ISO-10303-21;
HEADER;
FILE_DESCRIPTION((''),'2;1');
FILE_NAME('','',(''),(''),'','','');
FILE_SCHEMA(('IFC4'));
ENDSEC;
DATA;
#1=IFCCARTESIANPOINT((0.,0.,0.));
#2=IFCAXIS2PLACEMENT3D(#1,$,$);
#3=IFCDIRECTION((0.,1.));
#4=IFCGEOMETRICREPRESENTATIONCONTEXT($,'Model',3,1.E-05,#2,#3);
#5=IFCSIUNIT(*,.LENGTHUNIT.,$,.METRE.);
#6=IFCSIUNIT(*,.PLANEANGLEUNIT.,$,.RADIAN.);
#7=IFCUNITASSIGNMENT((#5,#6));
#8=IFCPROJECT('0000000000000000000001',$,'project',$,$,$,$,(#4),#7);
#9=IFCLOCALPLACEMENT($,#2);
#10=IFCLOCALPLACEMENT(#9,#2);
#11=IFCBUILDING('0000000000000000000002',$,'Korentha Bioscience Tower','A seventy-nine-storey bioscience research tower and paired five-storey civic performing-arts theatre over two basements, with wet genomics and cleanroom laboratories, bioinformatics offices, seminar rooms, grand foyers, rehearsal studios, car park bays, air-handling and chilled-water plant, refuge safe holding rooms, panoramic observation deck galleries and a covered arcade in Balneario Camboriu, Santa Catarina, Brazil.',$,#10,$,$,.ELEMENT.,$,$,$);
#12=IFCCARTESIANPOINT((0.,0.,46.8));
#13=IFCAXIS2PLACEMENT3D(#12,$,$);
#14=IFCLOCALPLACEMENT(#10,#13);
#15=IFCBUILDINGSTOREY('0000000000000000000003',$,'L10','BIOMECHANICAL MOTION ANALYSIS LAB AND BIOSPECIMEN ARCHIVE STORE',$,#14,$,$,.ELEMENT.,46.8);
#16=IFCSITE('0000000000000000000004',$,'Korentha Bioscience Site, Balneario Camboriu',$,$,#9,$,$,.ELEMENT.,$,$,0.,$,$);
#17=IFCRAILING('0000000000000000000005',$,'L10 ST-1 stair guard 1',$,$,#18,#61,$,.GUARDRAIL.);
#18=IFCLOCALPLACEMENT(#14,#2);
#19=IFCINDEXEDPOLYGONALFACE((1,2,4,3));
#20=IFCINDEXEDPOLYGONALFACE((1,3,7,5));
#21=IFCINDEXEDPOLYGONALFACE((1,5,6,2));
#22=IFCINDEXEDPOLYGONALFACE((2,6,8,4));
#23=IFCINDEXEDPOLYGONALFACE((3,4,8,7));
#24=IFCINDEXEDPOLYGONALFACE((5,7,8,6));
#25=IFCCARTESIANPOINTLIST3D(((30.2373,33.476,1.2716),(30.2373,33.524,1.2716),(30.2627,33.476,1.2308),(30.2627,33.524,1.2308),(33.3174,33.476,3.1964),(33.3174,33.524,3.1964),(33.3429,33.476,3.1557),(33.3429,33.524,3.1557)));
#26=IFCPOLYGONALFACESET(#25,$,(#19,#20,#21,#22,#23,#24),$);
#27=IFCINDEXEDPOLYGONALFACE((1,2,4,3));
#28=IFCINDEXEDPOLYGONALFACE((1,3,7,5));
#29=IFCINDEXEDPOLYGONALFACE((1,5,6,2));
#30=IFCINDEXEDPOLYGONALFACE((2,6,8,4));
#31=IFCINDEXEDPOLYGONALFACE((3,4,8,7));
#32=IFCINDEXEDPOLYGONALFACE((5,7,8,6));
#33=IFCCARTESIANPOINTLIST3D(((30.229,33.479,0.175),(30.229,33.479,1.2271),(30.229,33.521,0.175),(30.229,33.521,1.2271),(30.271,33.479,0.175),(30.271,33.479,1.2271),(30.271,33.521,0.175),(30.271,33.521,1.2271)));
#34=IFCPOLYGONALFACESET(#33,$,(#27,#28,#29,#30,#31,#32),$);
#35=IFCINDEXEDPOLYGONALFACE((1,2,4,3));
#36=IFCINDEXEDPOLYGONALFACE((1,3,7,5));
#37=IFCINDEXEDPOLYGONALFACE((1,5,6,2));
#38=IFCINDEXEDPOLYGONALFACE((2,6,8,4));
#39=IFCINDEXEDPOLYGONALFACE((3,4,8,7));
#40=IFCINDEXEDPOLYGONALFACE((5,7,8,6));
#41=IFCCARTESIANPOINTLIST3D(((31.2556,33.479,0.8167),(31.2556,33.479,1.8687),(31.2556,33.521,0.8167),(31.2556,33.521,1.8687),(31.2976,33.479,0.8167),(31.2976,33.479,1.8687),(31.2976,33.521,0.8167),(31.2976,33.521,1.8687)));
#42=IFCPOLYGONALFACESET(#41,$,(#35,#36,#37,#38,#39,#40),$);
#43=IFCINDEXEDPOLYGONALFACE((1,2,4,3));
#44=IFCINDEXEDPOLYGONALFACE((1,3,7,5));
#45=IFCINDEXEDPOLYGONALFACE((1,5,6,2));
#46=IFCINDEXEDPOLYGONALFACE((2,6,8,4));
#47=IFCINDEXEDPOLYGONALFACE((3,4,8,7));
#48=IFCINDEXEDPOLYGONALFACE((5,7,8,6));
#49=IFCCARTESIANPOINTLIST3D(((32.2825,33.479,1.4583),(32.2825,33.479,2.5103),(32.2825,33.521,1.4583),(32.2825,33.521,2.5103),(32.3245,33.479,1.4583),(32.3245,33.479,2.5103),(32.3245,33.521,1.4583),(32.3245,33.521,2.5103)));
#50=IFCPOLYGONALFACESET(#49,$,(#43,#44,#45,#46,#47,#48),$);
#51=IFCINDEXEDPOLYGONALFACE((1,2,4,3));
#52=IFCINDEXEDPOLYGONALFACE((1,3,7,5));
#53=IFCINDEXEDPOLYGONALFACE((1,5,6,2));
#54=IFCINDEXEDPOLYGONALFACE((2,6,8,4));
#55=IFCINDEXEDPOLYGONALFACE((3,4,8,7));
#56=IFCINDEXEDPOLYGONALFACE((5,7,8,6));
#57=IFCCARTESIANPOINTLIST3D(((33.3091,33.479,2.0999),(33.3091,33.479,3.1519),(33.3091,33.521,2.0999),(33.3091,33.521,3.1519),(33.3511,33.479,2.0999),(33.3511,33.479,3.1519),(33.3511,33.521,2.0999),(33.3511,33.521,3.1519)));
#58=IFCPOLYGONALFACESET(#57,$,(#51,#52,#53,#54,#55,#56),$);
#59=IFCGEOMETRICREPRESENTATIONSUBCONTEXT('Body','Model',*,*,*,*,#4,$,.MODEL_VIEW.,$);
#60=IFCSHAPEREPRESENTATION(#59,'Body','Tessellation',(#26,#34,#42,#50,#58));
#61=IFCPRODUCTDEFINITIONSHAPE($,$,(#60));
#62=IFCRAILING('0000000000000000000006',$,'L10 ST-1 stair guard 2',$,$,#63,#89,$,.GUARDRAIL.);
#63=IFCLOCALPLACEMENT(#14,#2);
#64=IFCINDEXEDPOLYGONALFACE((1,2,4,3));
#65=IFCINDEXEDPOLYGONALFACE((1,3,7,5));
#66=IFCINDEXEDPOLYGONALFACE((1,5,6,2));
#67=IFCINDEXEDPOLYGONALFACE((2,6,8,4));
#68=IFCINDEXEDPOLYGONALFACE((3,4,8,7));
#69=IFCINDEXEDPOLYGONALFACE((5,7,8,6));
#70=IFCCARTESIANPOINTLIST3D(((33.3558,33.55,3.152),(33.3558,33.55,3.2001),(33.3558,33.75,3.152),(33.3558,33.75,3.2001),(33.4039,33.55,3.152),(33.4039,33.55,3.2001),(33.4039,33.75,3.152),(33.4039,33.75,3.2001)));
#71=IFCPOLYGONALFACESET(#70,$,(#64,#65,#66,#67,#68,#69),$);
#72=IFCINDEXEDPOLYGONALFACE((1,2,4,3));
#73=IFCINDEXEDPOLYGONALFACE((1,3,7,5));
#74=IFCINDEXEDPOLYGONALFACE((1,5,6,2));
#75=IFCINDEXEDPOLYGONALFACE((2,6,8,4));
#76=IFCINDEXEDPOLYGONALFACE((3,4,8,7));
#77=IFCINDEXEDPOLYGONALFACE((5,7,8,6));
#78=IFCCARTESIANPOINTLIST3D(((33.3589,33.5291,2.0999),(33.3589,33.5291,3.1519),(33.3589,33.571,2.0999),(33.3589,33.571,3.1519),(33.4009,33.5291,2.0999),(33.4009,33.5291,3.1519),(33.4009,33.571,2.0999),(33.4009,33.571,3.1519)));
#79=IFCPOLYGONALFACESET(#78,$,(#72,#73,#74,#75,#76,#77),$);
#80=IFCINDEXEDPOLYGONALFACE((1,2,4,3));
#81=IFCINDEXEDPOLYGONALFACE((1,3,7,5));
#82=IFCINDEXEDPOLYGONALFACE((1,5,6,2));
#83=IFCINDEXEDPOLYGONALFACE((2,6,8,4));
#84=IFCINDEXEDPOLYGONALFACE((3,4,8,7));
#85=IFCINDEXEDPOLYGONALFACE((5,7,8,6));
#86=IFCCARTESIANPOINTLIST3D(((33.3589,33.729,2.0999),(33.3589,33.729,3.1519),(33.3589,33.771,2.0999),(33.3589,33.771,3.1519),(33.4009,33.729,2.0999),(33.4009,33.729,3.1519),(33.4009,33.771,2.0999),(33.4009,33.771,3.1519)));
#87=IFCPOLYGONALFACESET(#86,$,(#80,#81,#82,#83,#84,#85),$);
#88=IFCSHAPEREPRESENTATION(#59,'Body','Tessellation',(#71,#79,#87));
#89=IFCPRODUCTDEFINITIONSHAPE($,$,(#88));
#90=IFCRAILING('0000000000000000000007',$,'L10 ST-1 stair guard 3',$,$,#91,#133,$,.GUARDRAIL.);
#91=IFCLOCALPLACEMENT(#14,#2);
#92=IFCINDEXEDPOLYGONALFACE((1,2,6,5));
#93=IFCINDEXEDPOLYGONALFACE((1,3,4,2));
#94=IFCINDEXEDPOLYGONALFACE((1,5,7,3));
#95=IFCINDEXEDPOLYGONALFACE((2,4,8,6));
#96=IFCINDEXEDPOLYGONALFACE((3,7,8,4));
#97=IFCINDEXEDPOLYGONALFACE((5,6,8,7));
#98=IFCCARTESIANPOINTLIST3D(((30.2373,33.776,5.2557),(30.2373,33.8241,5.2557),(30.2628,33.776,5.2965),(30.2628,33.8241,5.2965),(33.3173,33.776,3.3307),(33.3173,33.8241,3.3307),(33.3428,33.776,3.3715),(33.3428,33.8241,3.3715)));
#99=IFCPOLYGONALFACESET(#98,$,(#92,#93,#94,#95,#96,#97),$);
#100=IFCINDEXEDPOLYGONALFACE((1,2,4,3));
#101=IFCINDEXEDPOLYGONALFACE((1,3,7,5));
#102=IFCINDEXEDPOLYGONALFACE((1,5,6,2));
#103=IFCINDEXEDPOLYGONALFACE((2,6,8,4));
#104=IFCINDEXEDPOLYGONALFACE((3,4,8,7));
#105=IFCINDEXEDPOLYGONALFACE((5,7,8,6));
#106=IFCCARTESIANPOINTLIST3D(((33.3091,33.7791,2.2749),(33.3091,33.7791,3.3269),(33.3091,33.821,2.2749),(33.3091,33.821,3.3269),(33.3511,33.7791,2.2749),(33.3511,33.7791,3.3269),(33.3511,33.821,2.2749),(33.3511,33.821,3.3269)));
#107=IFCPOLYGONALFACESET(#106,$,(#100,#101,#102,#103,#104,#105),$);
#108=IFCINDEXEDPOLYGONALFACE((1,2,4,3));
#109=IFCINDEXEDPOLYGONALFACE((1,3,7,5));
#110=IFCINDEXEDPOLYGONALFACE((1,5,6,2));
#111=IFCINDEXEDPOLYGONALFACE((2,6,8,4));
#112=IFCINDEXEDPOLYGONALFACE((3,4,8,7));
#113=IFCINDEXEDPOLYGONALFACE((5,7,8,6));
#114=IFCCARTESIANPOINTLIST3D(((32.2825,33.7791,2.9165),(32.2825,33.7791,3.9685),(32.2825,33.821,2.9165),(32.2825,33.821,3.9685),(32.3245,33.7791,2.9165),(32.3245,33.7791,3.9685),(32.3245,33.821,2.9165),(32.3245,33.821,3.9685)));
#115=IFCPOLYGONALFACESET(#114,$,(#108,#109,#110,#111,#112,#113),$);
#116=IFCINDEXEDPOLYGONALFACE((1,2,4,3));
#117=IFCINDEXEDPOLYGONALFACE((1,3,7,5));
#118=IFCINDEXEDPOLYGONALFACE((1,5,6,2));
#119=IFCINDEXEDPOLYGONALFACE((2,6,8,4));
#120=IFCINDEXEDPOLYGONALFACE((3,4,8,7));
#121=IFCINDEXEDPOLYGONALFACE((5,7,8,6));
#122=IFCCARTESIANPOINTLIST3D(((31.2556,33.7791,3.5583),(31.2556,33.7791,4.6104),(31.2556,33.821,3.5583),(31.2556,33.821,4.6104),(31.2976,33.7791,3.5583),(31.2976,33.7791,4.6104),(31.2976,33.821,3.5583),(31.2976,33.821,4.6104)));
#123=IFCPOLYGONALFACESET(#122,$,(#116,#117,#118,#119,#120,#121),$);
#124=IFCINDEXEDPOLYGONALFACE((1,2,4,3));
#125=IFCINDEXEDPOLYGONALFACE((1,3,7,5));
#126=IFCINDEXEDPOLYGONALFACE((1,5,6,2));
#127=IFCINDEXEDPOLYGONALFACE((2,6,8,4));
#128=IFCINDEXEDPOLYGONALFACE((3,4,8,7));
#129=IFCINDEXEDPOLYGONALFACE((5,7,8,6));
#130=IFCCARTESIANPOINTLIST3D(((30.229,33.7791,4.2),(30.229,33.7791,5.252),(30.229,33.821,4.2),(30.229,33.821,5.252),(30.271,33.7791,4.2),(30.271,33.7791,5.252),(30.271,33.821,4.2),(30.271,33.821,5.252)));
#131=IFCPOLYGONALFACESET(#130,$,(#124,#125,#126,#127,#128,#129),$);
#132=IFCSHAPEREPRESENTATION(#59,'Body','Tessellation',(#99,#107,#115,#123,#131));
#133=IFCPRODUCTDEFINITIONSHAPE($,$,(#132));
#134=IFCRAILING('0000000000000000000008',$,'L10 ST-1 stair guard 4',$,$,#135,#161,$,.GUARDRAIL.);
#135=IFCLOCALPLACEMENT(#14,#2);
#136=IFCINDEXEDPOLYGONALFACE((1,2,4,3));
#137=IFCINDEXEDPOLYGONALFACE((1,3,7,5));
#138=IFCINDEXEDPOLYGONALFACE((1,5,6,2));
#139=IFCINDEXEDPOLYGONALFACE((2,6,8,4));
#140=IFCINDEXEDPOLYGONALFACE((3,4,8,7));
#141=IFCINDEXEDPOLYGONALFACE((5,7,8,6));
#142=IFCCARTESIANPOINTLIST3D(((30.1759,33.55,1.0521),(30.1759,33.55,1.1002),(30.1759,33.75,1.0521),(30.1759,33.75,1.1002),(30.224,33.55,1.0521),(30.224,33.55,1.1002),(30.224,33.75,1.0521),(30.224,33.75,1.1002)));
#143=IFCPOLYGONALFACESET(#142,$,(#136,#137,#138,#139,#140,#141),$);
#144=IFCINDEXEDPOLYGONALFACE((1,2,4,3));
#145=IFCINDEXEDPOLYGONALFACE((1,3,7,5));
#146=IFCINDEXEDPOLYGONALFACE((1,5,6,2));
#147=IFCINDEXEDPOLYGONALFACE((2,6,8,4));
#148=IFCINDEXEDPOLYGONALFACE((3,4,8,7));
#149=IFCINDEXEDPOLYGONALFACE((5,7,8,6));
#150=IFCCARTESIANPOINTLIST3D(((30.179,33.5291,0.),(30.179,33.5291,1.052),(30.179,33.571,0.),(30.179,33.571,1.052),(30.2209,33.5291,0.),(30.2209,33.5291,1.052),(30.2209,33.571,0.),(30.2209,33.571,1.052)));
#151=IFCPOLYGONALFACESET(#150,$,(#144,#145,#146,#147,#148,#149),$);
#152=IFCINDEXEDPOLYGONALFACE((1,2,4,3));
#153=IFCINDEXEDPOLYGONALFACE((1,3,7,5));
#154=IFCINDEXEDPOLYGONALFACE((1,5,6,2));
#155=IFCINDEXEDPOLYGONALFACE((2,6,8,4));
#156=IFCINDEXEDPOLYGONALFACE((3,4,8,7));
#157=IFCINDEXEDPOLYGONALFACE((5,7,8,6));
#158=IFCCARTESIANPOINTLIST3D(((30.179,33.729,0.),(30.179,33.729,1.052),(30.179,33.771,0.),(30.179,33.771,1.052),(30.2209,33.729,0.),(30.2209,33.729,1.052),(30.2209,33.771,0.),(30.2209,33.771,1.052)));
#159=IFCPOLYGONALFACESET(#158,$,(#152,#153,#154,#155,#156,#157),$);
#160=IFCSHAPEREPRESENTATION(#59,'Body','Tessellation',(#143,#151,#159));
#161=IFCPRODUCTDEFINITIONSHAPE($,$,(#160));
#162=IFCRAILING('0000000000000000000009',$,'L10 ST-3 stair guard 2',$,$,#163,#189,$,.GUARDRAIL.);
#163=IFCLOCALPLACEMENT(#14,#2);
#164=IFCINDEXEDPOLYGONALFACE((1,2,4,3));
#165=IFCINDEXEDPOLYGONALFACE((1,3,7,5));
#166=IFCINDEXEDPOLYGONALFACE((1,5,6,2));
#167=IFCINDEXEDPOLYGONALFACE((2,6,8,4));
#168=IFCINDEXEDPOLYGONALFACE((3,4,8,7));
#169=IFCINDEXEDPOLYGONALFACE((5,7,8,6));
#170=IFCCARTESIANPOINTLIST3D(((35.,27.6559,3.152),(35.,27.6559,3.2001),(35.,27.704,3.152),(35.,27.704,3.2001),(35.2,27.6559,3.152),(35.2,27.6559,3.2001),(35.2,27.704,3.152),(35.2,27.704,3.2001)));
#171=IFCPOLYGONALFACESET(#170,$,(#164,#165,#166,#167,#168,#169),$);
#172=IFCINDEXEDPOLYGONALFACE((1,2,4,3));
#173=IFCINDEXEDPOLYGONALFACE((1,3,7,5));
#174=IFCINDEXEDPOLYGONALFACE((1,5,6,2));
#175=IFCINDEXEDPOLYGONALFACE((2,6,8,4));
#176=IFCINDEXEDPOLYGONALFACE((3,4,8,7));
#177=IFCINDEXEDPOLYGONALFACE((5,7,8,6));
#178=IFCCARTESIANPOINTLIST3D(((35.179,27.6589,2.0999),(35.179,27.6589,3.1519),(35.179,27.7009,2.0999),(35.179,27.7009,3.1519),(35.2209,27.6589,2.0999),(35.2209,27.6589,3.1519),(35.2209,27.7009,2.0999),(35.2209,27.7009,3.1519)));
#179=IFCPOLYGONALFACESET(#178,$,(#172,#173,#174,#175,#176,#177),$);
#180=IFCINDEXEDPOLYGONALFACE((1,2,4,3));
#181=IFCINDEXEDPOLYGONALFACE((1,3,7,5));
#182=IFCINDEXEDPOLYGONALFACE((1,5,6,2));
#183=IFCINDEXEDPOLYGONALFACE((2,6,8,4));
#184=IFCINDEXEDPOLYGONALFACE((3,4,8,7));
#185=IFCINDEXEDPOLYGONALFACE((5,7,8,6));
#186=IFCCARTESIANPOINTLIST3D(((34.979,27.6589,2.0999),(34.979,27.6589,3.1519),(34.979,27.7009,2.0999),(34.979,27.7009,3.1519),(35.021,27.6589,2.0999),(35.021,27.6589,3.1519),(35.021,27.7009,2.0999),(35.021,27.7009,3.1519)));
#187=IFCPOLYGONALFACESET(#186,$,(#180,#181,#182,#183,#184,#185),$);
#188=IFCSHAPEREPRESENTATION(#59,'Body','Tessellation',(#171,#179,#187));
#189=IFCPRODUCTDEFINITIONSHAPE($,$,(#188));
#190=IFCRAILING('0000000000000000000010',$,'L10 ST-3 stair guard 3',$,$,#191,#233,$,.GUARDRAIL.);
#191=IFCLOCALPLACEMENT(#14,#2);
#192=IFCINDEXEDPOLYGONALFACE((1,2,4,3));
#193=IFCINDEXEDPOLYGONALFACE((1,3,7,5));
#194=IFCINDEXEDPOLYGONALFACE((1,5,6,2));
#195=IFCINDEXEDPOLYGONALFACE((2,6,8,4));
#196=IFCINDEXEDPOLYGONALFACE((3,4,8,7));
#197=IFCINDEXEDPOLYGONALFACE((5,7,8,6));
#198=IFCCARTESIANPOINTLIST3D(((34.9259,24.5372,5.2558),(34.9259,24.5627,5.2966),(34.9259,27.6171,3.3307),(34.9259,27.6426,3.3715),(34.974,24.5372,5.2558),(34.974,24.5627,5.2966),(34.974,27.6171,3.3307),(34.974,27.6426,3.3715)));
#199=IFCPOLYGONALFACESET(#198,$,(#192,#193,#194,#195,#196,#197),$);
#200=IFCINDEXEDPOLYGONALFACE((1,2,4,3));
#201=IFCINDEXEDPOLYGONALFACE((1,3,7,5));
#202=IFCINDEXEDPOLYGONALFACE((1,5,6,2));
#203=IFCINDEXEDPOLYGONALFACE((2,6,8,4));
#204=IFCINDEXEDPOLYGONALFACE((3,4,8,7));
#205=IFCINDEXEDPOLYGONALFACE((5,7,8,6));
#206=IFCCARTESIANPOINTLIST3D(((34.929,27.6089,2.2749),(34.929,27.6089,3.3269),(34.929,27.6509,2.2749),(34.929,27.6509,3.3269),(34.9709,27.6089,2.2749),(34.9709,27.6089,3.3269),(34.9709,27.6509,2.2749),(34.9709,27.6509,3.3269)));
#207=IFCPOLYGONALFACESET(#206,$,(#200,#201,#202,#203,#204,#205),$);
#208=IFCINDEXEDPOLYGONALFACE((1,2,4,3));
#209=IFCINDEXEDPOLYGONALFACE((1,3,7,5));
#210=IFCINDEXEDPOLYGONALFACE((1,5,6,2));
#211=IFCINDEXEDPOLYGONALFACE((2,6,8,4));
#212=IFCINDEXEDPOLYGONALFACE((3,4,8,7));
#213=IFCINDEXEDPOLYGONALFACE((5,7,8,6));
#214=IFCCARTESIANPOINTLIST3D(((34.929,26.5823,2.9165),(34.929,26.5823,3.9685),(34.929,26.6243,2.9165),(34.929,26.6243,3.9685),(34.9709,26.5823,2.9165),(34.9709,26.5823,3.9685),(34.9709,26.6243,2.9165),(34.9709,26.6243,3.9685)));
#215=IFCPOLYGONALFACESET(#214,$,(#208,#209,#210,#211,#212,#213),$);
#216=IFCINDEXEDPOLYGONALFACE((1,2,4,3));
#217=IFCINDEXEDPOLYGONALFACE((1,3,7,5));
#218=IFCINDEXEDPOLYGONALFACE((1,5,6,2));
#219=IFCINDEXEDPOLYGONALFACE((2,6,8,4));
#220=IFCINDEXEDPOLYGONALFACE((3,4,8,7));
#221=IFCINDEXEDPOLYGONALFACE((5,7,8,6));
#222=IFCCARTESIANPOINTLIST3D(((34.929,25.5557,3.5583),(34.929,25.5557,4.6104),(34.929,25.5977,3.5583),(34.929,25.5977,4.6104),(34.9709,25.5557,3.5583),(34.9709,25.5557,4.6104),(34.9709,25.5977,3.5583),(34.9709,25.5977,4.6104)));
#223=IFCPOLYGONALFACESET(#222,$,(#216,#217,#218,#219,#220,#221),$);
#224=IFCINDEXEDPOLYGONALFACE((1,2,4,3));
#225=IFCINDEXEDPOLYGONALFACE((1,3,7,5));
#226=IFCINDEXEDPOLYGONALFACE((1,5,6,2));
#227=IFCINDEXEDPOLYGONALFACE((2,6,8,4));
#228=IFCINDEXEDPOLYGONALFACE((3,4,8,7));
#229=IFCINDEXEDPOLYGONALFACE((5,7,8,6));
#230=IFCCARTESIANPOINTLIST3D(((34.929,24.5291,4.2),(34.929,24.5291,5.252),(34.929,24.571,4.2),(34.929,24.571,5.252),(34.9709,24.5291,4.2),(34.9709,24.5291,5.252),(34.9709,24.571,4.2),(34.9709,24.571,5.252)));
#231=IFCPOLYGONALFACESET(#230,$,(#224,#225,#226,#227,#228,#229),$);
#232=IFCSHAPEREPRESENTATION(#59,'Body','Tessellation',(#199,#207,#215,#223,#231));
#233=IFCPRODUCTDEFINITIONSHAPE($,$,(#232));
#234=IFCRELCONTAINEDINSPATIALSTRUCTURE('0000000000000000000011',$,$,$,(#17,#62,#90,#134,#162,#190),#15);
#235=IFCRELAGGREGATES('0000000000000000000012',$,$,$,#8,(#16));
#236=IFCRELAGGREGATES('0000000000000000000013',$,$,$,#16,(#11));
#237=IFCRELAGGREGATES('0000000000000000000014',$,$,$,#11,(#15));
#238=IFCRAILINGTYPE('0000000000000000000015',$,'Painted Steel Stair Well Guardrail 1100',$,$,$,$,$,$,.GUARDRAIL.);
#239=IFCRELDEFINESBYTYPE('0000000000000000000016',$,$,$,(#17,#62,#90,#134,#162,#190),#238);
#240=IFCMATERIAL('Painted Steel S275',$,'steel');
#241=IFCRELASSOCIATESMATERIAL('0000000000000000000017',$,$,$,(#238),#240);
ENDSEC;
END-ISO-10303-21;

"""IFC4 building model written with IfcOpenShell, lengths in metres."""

from ifc_helpers import new_model, si_unit, direction, frame, origin, origin_2d, place, context, subcontext, project, spatial, rectangle, extrude, material, type_object, element, save


model = new_model("IFC4")

# Units and contexts
model_context = context("Model", 3, precision=1e-05, world=origin(), true_north=direction((0.0, 1.0)))
body_context = subcontext(model_context, "Body", "Model", "MODEL_VIEW")
ifc_project = project(units=[si_unit("LENGTHUNIT", "METRE"), si_unit("PLANEANGLEUNIT", "RADIAN")], contexts=[model_context])

# Site, building, storey
site_placement = place(None, origin())
site = spatial("IfcSite", under=ifc_project, at=site_placement, Name="Korentha Bioscience Site, Balneario Camboriu", CompositionType="ELEMENT", RefElevation=0.0)
building_placement = place(site_placement, origin())
building = spatial("IfcBuilding", under=site, at=building_placement, Name="Korentha Bioscience Tower", Description="A seventy-nine-storey bioscience research tower and paired five-storey civic performing-arts theatre over two basements, with wet genomics and cleanroom laboratories, bioinformatics offices, seminar rooms, grand foyers, rehearsal studios, car park bays, air-handling and chilled-water plant, refuge safe holding rooms, panoramic observation deck galleries and a covered arcade in Balneario Camboriu, Santa Catarina, Brazil.", CompositionType="ELEMENT")
storey_placement = place(building_placement, frame((0.0, 0.0, 46.8)))
storey = spatial("IfcBuildingStorey", under=building, at=storey_placement, Name="L10", Description="BIOMECHANICAL MOTION ANALYSIS LAB AND BIOSPECIMEN ARCHIVE STORE", CompositionType="ELEMENT", Elevation=46.8)

# Railings
ifc_material_1 = material(Name="Painted Steel S275", Category="steel")
railing_type_1 = type_object("IfcRailingType", Name="Painted Steel Stair Well Guardrail 1100", PredefinedType="GUARDRAIL", material=ifc_material_1)
railing_1_placement = place(storey_placement, frame((30.25, 33.5, 0.175)))
element("IfcRailing", 1, at=railing_1_placement, inside=storey, type_object=railing_type_1, Name="L10 ST-1 stair guard 1", PredefinedType="GUARDRAIL", context=body_context, shape_type="SweptSolid", body=[
    extrude(rectangle(XDim=0.0481, YDim=0.0481, at=origin_2d()), frame((0.0, 0.0, 1.0762), z_axis=(0.848029, 0.0, 0.529951), x_axis=(0.0, 1.0, 0.0)), (0.0, 0.0, 1.0), 3.6321),
    extrude(rectangle(XDim=0.042, YDim=0.042, at=origin_2d()), origin(), (0.0, 0.0, 1.0), 1.052),
    extrude(rectangle(XDim=0.042, YDim=0.042, at=origin_2d()), frame((1.0266, 0.0, 0.6416)), (0.0, 0.0, 1.0), 1.052),
    extrude(rectangle(XDim=0.042, YDim=0.042, at=origin_2d()), frame((2.0535, 0.0, 1.2832)), (0.0, 0.0, 1.0), 1.052),
    extrude(rectangle(XDim=0.042, YDim=0.042, at=origin_2d()), frame((3.0801, 0.0, 1.9248)), (0.0, 0.0, 1.0), 1.052),
])
railing_2_placement = place(storey_placement, frame((33.3799, 33.55, 2.0999)))
element("IfcRailing", 2, at=railing_2_placement, inside=storey, type_object=railing_type_1, Name="L10 ST-1 stair guard 2", PredefinedType="GUARDRAIL", context=body_context, shape_type="SweptSolid", body=[
    extrude(rectangle(XDim=0.0481, YDim=0.0481, at=origin_2d()), frame((0.0, 0.0, 1.0762), z_axis=(0.0, 1.0, 0.0), x_axis=(-1.0, 0.0, 0.0)), (0.0, 0.0, 1.0), 0.2),
    extrude(rectangle(XDim=0.042, YDim=0.042, at=origin_2d()), origin(), (0.0, 0.0, 1.0), 1.052),
    extrude(rectangle(XDim=0.042, YDim=0.042, at=origin_2d()), frame((0.0, 0.2, 0.0)), (0.0, 0.0, 1.0), 1.052),
])
railing_3_placement = place(storey_placement, frame((33.3301, 33.8, 2.2749)))
element("IfcRailing", 3, at=railing_3_placement, inside=storey, type_object=railing_type_1, Name="L10 ST-1 stair guard 3", PredefinedType="GUARDRAIL", context=body_context, shape_type="SweptSolid", body=[
    extrude(rectangle(XDim=0.0481, YDim=0.0481, at=origin_2d()), frame((0.0, 0.0, 1.0762), z_axis=(-0.847998, 0.0, 0.529999), x_axis=(0.0, -1.0, 0.0)), (0.0, 0.0, 1.0), 3.6321),
    extrude(rectangle(XDim=0.042, YDim=0.042, at=origin_2d()), origin(), (0.0, 0.0, 1.0), 1.052),
    extrude(rectangle(XDim=0.042, YDim=0.042, at=origin_2d()), frame((-1.0266, 0.0, 0.6416)), (0.0, 0.0, 1.0), 1.052),
    extrude(rectangle(XDim=0.042, YDim=0.042, at=origin_2d()), frame((-2.0535, 0.0, 1.2834)), (0.0, 0.0, 1.0), 1.052),
    extrude(rectangle(XDim=0.042, YDim=0.042, at=origin_2d()), frame((-3.0801, 0.0, 1.925)), (0.0, 0.0, 1.0), 1.052),
])
railing_4_placement = place(storey_placement, frame((30.2, 33.55, 0.0)))
element("IfcRailing", 4, at=railing_4_placement, inside=storey, type_object=railing_type_1, Name="L10 ST-1 stair guard 4", PredefinedType="GUARDRAIL", context=body_context, shape_type="SweptSolid", body=[
    extrude(rectangle(XDim=0.0481, YDim=0.0481, at=origin_2d()), frame((0.0, 0.0, 1.0762), z_axis=(0.0, 1.0, 0.0), x_axis=(-1.0, 0.0, 0.0)), (0.0, 0.0, 1.0), 0.2),
    extrude(rectangle(XDim=0.042, YDim=0.042, at=origin_2d()), origin(), (0.0, 0.0, 1.0), 1.052),
    extrude(rectangle(XDim=0.042, YDim=0.042, at=origin_2d()), frame((0.0, 0.2, 0.0)), (0.0, 0.0, 1.0), 1.052),
])
railing_5_placement = place(storey_placement, frame((35.2, 27.6799, 2.0999)))
element("IfcRailing", 5, at=railing_5_placement, inside=storey, type_object=railing_type_1, Name="L10 ST-3 stair guard 2", PredefinedType="GUARDRAIL", context=body_context, shape_type="SweptSolid", body=[
    extrude(rectangle(XDim=0.0481, YDim=0.0481, at=origin_2d()), frame((0.0, 0.0, 1.0762), z_axis=(-1.0, 0.0, 0.0), x_axis=(0.0, -1.0, 0.0)), (0.0, 0.0, 1.0), 0.2),
    extrude(rectangle(XDim=0.042, YDim=0.042, at=origin_2d()), origin(), (0.0, 0.0, 1.0), 1.052),
    extrude(rectangle(XDim=0.042, YDim=0.042, at=origin_2d()), frame((-0.2, 0.0, 0.0)), (0.0, 0.0, 1.0), 1.052),
])
railing_6_placement = place(storey_placement, frame((34.95, 27.6299, 2.2749)))
element("IfcRailing", 6, at=railing_6_placement, inside=storey, type_object=railing_type_1, Name="L10 ST-3 stair guard 3", PredefinedType="GUARDRAIL", context=body_context, shape_type="SweptSolid", body=[
    extrude(rectangle(XDim=0.0481, YDim=0.0481, at=origin_2d()), frame((0.0, 0.0, 1.0762), z_axis=(0.0, -0.847979, 0.530029), x_axis=(1.0, 0.0, 0.0)), (0.0, 0.0, 1.0), 3.6321),
    extrude(rectangle(XDim=0.042, YDim=0.042, at=origin_2d()), origin(), (0.0, 0.0, 1.0), 1.052),
    extrude(rectangle(XDim=0.042, YDim=0.042, at=origin_2d()), frame((0.0, -1.0266, 0.6416)), (0.0, 0.0, 1.0), 1.052),
    extrude(rectangle(XDim=0.042, YDim=0.042, at=origin_2d()), frame((0.0, -2.0532, 1.2834)), (0.0, 0.0, 1.0), 1.052),
    extrude(rectangle(XDim=0.042, YDim=0.042, at=origin_2d()), frame((0.0, -3.0798, 1.925)), (0.0, 0.0, 1.0), 1.052),
])

save(model, "model.ifc")
